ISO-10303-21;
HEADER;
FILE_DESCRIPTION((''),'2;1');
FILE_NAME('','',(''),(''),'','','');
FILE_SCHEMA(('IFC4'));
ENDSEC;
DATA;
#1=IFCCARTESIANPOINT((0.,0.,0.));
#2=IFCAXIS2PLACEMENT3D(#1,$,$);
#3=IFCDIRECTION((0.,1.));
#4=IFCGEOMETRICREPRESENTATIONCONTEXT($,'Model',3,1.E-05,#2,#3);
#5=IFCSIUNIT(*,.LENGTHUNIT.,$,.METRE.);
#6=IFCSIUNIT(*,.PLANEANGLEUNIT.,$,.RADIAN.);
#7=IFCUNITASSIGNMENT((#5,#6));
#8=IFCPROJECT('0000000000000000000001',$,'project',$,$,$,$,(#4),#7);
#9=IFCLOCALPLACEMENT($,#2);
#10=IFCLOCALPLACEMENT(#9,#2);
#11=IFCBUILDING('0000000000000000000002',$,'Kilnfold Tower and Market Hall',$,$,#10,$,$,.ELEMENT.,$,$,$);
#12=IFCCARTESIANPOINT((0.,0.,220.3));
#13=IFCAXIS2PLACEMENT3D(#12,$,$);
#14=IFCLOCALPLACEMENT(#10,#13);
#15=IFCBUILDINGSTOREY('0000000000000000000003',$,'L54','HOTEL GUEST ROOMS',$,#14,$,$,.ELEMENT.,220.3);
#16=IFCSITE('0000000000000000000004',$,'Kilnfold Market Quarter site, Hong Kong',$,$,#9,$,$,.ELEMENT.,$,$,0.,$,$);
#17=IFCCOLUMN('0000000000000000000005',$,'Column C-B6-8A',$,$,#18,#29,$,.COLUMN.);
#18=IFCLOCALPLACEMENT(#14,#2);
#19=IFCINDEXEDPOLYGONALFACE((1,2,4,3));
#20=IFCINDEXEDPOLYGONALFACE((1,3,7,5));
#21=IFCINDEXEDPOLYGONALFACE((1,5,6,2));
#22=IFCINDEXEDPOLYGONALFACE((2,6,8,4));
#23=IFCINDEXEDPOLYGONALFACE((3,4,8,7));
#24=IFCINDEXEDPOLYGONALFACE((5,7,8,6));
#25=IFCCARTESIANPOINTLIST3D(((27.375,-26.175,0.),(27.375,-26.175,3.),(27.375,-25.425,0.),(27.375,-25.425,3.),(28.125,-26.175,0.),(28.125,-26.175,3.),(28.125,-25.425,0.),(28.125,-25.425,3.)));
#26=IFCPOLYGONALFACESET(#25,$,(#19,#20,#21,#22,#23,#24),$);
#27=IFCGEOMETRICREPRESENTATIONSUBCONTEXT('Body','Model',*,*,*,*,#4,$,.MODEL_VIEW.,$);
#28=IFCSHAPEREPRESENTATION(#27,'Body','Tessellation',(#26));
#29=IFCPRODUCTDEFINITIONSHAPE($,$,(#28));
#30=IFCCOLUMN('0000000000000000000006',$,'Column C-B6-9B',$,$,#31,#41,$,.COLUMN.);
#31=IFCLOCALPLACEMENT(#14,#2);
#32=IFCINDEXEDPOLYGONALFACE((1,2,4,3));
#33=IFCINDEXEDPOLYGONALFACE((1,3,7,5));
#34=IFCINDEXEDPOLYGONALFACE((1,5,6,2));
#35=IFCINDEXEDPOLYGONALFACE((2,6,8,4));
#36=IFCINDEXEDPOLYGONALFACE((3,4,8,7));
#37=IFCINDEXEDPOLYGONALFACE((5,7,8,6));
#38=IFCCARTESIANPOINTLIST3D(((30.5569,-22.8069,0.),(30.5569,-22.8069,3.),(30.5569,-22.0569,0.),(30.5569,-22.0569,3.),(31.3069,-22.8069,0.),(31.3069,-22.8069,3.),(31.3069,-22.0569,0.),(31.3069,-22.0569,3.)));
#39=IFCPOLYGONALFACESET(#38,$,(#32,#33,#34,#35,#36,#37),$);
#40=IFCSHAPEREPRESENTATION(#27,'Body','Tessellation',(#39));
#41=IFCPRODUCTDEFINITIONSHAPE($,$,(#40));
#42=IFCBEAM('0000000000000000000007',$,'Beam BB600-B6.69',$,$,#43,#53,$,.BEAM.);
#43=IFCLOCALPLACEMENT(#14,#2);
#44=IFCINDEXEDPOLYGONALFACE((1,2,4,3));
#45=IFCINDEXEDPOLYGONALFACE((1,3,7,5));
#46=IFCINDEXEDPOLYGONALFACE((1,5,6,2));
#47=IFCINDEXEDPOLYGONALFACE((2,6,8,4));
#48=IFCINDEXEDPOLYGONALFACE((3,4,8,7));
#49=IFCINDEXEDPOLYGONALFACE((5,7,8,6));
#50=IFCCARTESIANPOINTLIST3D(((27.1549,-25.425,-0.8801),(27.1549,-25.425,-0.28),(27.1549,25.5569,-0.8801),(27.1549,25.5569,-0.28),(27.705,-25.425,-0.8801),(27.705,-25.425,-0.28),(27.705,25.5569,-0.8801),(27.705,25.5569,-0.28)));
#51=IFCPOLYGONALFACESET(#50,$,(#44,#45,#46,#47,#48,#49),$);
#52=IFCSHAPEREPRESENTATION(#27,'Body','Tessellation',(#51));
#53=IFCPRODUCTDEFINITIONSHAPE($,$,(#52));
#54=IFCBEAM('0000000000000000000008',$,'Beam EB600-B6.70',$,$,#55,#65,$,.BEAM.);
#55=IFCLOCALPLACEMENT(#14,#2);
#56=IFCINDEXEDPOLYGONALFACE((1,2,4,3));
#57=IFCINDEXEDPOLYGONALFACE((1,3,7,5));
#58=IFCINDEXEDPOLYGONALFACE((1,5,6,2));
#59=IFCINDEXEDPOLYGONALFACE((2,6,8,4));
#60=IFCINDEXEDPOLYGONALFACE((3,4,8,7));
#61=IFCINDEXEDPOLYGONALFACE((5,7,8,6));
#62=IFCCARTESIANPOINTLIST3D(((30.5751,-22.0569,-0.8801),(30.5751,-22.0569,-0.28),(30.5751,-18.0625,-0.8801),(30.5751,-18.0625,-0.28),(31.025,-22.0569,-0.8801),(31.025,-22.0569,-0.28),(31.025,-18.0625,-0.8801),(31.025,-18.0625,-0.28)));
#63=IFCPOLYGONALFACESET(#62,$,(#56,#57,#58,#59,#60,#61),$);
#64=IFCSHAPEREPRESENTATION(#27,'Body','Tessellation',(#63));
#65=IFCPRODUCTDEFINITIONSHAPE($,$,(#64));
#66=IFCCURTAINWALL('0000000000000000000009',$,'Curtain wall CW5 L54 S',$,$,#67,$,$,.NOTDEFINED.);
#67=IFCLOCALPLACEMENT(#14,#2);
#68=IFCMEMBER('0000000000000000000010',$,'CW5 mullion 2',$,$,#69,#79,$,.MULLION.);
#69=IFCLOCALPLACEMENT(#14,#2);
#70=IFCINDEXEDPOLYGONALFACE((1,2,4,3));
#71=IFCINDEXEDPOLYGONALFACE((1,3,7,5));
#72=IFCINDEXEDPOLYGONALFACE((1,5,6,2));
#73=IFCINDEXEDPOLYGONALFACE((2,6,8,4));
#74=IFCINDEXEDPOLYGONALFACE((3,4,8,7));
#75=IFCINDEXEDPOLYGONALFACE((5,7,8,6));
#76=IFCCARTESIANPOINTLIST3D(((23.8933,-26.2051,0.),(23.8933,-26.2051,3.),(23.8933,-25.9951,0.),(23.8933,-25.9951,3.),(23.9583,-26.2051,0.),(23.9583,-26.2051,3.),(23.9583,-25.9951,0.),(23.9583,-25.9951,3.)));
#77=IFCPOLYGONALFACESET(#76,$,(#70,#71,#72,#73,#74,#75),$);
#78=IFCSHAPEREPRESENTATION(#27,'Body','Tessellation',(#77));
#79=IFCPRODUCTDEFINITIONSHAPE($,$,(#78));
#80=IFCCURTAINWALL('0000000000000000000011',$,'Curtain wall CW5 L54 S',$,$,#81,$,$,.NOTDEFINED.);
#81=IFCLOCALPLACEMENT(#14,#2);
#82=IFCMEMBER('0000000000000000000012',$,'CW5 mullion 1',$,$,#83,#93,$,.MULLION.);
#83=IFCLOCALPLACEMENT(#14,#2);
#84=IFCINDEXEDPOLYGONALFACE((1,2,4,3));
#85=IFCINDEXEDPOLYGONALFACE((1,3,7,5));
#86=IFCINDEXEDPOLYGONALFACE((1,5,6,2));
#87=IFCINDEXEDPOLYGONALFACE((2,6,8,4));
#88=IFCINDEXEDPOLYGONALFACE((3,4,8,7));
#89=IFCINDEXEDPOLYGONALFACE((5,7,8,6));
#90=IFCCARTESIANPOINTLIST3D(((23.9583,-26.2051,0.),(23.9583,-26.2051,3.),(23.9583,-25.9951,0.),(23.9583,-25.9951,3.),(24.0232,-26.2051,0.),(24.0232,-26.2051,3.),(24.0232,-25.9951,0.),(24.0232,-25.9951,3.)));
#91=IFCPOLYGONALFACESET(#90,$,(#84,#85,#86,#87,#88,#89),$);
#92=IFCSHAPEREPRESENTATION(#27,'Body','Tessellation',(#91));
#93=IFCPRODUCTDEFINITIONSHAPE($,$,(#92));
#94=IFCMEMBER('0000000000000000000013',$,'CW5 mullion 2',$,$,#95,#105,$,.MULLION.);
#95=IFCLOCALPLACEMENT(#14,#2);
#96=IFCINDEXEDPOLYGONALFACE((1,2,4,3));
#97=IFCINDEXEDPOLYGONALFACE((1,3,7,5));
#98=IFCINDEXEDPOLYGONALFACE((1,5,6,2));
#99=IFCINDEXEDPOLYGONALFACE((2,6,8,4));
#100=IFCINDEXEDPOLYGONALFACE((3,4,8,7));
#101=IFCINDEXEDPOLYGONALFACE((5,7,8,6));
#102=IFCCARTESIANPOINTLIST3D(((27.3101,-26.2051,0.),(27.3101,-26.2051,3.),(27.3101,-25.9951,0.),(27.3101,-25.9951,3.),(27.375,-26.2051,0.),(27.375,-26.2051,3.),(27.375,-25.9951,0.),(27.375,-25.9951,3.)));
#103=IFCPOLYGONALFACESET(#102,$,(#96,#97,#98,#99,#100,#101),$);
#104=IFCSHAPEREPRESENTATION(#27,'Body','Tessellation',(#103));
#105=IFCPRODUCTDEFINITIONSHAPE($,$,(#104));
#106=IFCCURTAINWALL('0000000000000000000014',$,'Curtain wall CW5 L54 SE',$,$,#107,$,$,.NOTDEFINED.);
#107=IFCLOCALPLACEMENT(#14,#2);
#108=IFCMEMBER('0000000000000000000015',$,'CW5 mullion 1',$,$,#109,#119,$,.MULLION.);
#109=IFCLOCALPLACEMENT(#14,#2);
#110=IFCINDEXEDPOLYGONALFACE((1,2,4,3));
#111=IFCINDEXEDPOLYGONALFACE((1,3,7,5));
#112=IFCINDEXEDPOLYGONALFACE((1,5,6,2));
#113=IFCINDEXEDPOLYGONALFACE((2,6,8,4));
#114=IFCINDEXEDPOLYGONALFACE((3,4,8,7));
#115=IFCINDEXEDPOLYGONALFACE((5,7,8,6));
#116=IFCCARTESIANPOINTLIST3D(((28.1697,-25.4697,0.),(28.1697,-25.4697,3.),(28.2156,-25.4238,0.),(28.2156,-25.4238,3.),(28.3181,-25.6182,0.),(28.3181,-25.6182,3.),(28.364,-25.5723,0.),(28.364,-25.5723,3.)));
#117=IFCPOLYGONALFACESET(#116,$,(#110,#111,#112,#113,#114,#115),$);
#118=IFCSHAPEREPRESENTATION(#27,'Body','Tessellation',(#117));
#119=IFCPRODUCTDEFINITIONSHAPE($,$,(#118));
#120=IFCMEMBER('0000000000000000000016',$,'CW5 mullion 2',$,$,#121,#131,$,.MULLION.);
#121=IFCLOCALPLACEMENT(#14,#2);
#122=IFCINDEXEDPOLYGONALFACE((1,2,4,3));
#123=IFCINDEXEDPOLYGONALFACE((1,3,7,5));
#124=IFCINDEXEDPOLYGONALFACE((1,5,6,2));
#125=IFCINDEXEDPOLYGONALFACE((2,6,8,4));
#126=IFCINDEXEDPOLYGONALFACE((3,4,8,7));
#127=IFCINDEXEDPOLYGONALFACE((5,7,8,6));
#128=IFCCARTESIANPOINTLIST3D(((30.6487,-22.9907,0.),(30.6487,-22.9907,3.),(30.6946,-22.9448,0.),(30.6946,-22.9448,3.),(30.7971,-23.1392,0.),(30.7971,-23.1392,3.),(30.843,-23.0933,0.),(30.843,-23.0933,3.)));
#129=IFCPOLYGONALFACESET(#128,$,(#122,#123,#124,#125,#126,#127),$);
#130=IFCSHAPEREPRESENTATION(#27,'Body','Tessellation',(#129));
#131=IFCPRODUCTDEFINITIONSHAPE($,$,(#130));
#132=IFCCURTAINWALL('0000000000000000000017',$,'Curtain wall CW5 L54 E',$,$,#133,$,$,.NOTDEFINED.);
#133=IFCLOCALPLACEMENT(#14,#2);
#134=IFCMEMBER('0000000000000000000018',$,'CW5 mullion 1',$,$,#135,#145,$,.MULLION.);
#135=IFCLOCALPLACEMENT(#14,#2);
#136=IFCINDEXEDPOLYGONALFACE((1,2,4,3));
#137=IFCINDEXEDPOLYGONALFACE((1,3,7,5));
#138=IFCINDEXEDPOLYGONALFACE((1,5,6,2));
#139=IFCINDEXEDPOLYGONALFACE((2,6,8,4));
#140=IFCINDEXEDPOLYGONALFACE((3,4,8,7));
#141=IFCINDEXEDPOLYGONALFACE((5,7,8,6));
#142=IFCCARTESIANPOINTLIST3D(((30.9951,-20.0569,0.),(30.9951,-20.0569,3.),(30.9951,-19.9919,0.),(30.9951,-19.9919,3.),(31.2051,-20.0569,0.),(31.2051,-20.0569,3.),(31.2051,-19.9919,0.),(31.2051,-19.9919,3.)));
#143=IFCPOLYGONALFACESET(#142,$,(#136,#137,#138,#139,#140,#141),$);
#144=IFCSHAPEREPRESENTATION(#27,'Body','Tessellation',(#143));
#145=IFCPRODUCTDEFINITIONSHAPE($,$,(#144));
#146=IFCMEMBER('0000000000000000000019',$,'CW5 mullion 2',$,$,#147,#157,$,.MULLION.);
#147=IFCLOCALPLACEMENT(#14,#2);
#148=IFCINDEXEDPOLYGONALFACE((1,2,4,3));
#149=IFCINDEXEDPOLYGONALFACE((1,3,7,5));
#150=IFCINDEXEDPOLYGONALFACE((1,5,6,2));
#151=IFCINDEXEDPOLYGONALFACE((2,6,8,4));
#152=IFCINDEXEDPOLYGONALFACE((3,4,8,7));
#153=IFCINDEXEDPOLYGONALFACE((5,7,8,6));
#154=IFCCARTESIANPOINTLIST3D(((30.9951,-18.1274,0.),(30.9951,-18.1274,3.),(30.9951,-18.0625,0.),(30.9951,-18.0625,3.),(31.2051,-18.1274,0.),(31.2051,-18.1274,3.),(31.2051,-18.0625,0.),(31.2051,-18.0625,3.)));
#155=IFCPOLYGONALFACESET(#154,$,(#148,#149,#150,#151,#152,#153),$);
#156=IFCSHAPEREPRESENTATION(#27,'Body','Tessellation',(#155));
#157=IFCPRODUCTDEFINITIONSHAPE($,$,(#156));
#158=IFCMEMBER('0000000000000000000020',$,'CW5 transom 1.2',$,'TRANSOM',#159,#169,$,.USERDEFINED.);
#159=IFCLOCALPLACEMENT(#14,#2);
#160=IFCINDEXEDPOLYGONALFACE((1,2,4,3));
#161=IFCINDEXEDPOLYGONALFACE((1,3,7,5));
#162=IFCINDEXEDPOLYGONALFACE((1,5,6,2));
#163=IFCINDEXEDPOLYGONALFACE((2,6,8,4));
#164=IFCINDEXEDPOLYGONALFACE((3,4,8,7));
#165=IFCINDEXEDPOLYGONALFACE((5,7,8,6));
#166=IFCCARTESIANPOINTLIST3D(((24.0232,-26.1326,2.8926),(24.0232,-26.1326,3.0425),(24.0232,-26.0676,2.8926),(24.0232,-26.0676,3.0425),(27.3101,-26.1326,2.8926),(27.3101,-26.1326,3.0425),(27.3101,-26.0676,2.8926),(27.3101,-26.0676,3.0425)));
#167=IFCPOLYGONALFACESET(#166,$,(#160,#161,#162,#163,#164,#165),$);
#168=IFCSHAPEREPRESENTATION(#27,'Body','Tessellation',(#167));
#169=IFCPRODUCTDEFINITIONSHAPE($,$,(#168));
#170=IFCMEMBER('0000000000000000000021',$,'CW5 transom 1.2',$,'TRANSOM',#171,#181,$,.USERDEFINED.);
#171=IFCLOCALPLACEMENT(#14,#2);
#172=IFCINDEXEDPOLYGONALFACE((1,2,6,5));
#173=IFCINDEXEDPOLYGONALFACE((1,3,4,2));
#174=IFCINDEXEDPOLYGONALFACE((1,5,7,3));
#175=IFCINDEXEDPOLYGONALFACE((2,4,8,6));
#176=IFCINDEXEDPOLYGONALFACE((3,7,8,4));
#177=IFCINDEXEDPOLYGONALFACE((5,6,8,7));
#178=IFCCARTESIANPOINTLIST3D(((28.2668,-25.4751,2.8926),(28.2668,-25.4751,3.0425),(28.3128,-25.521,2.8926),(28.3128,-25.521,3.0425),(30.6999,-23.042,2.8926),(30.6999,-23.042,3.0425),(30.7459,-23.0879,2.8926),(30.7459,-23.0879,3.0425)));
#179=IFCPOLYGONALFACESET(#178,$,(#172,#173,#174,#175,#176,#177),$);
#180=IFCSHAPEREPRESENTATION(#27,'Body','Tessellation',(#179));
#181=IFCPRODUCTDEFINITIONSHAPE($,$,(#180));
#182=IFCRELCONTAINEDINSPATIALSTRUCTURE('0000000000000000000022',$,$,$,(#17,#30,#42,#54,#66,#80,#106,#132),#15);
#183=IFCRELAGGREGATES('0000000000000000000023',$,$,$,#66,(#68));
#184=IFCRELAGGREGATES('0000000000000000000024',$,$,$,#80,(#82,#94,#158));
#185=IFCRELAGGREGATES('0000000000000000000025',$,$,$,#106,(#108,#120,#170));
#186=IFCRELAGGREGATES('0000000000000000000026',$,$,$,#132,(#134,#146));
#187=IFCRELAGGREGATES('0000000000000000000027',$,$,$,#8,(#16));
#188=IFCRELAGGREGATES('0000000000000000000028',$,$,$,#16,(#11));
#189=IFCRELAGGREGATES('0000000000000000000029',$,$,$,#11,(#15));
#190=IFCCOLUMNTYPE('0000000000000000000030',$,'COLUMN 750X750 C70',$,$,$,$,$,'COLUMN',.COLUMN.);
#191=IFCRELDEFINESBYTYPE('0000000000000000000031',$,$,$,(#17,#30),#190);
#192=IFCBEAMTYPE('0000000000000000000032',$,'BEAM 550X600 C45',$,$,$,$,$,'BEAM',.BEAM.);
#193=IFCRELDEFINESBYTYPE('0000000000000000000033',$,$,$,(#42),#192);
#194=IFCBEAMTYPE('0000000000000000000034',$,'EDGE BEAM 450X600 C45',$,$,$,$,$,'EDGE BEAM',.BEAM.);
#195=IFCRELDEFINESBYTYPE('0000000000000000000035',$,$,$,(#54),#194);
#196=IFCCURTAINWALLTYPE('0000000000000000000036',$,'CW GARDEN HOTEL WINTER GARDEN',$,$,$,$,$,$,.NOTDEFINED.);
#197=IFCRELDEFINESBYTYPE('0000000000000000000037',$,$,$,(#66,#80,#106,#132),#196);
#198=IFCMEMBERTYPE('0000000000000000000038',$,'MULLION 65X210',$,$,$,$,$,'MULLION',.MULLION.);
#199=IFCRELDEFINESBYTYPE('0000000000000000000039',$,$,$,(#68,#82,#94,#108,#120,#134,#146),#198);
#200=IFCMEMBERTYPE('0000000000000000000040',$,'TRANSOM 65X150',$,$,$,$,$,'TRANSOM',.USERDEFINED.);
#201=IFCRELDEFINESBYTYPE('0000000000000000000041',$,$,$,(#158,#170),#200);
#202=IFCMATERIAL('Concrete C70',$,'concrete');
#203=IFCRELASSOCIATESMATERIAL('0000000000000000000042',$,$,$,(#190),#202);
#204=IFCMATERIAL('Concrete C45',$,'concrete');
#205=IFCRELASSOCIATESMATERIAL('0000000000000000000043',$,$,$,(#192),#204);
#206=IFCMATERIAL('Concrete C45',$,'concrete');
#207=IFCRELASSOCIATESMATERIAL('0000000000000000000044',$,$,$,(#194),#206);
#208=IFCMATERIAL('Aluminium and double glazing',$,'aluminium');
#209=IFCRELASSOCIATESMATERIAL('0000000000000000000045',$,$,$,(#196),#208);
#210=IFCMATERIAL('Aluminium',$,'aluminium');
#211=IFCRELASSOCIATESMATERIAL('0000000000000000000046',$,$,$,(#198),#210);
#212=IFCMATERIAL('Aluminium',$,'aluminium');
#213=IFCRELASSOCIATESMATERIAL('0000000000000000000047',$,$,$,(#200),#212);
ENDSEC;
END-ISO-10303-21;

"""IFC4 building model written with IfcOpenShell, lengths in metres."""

from ifc_helpers import new_model, si_unit, direction, frame, origin, origin_2d, place, context, subcontext, project, spatial, rectangle, extrude, source, transform, mapped, material, material_profile, profile_set, type_object, element, aggregate, save


model = new_model("IFC4")

# Units and contexts
model_context = context("Model", 3, precision=1e-05, world=origin(), true_north=direction((0.0, 1.0)))
body_context = subcontext(model_context, "Body", "Model", "MODEL_VIEW")
ifc_project = project(units=[si_unit("LENGTHUNIT", "METRE"), si_unit("PLANEANGLEUNIT", "RADIAN")], contexts=[model_context])

# Site, building, storey
site_placement = place(None, origin())
site = spatial("IfcSite", under=ifc_project, at=site_placement, Name="Kilnfold Market Quarter site, Hong Kong", CompositionType="ELEMENT", RefElevation=0.0)
building_placement = place(site_placement, origin())
building = spatial("IfcBuilding", under=site, at=building_placement, Name="Kilnfold Tower and Market Hall", CompositionType="ELEMENT")
storey_placement = place(building_placement, frame((0.0, 0.0, 220.3)))
storey = spatial("IfcBuildingStorey", under=building, at=storey_placement, Name="L54", Description="HOTEL GUEST ROOMS", CompositionType="ELEMENT", Elevation=220.3)

# Columns
ifc_material_1 = material(Name="Concrete C70", Category="concrete")
ifc_material_profile_1 = material_profile(ifc_material_1, rectangle(XDim=0.75, YDim=0.75, at=origin_2d()), Name="RC 750x750")
ifc_profile_set_1 = profile_set([ifc_material_profile_1], Name="Concrete C70")
column_type = type_object("IfcColumnType", Name="COLUMN 750X750 C70", ElementType="COLUMN", PredefinedType="COLUMN", material=ifc_profile_set_1)
shared_shape_1 = source(origin(), body_context, "Body", "SweptSolid", [
    extrude(rectangle(XDim=0.75, YDim=0.75, at=origin_2d()), origin(), (0.0, 0.0, 1.0), 3.0),
])
for number, where, z_axis, x_axis, name in (
    (1, (27.75, -25.8, 0.0), (0.0, 0.0, 1.0), (1.0, 0.0, 0.0), "Column C-B6-8A"),
    (2, (30.9319, -22.4319, 0.0), (0.0, 0.0, 1.0), (1.0, 0.0, 0.0), "Column C-B6-9B"),
):
    element("IfcColumn", number, at=place(storey_placement, frame(where, z_axis=z_axis, x_axis=x_axis)), inside=storey, type_object=column_type, Name=name, PredefinedType="COLUMN", context=body_context, shape_type="MappedRepresentation", body=[
        mapped(shared_shape_1, transform((0.0, 0.0, 0.0))),
    ])

# Beams
ifc_material_2 = material(Name="Concrete C45", Category="concrete")
ifc_material_profile_2 = material_profile(ifc_material_2, rectangle(XDim=0.55, YDim=0.6001, at=origin_2d()), Name="RC 550x600")
ifc_profile_set_2 = profile_set([ifc_material_profile_2], Name="Concrete C45")
beam_type_1 = type_object("IfcBeamType", Name="BEAM 550X600 C45", ElementType="BEAM", PredefinedType="BEAM", material=ifc_profile_set_2)
shared_shape_2 = source(origin(), body_context, "Body", "SweptSolid", [
    extrude(rectangle(XDim=0.55, YDim=0.6001, at=origin_2d()), origin(), (0.0, 0.0, 1.0), 50.9819),
])
beam_1_placement = place(storey_placement, frame((27.4299, -25.425, -0.5801), z_axis=(0.0, 1.0, 0.0), x_axis=(-1.0, 0.0, 0.0)))
element("IfcBeam", 3, at=beam_1_placement, inside=storey, type_object=beam_type_1, Name="Beam BB600-B6.69", PredefinedType="BEAM", context=body_context, shape_type="MappedRepresentation", body=[
    mapped(shared_shape_2, transform((0.0, 0.0, 0.0))),
])
ifc_material_3 = material(Name="Concrete C45", Category="concrete")
ifc_material_profile_3 = material_profile(ifc_material_3, rectangle(XDim=0.45, YDim=0.6001, at=origin_2d()), Name="RC 450x600")
ifc_profile_set_3 = profile_set([ifc_material_profile_3], Name="Concrete C45")
beam_type_2 = type_object("IfcBeamType", Name="EDGE BEAM 450X600 C45", ElementType="EDGE BEAM", PredefinedType="BEAM", material=ifc_profile_set_3)
shared_shape_3 = source(origin(), body_context, "Body", "SweptSolid", [
    extrude(rectangle(XDim=0.45, YDim=0.6001, at=origin_2d()), origin(), (0.0, 0.0, 1.0), 3.9944),
])
beam_2_placement = place(storey_placement, frame((30.8, -22.0569, -0.5801), z_axis=(0.0, 1.0, 0.0), x_axis=(-1.0, 0.0, 0.0)))
element("IfcBeam", 4, at=beam_2_placement, inside=storey, type_object=beam_type_2, Name="Beam EB600-B6.70", PredefinedType="BEAM", context=body_context, shape_type="MappedRepresentation", body=[
    mapped(shared_shape_3, transform((0.0, 0.0, 0.0))),
])

# Curtain wall, member
ifc_material_4 = material(Name="Aluminium and double glazing", Category="aluminium")
curtain_wall_type = type_object("IfcCurtainWallType", Name="CW GARDEN HOTEL WINTER GARDEN", PredefinedType="NOTDEFINED", material=ifc_material_4)
curtain_wall_1_placement = place(storey_placement, origin())
curtain_wall_1 = element("IfcCurtainWall", 5, at=curtain_wall_1_placement, inside=storey, type_object=curtain_wall_type, Name="Curtain wall CW5 L54 S", PredefinedType="NOTDEFINED")
ifc_material_5 = material(Name="Aluminium", Category="aluminium")
ifc_material_profile_4 = material_profile(ifc_material_5, rectangle(XDim=0.0649, YDim=0.21, at=origin_2d()), Name="MULLION 65x210")
ifc_profile_set_4 = profile_set([ifc_material_profile_4], Name="Aluminium")
member_type_1 = type_object("IfcMemberType", Name="MULLION 65X210", ElementType="MULLION", PredefinedType="MULLION", material=ifc_profile_set_4)
shared_shape_4 = source(origin(), body_context, "Body", "SweptSolid", [
    extrude(rectangle(XDim=0.0649, YDim=0.21, at=origin_2d()), origin(), (0.0, 0.0, 1.0), 3.0),
])
member_1_placement = place(storey_placement, frame((23.9258, -26.1001, 0.0), z_axis=(0.0, 0.0, 1.0), x_axis=(1.0, 0.0, 0.0)))
member_1 = element("IfcMember", 6, at=member_1_placement, type_object=member_type_1, Name="CW5 mullion 2", PredefinedType="MULLION", context=body_context, shape_type="MappedRepresentation", body=[
    mapped(shared_shape_4, transform((0.0, 0.0, 0.0))),
])

# Curtain walls, members
curtain_wall_2_placement = place(storey_placement, origin())
curtain_wall_2 = element("IfcCurtainWall", 7, at=curtain_wall_2_placement, inside=storey, type_object=curtain_wall_type, Name="Curtain wall CW5 L54 S", PredefinedType="NOTDEFINED")
member_2_placement = place(storey_placement, frame((23.9907, -26.1001, 0.0), z_axis=(0.0, 0.0, 1.0), x_axis=(1.0, 0.0, 0.0)))
member_2 = element("IfcMember", 8, at=member_2_placement, type_object=member_type_1, Name="CW5 mullion 1", PredefinedType="MULLION", context=body_context, shape_type="MappedRepresentation", body=[
    mapped(shared_shape_4, transform((0.0, 0.0, 0.0))),
])
member_3_placement = place(storey_placement, frame((27.3425, -26.1001, 0.0), z_axis=(0.0, 0.0, 1.0), x_axis=(1.0, 0.0, 0.0)))
member_3 = element("IfcMember", 9, at=member_3_placement, type_object=member_type_1, Name="CW5 mullion 2", PredefinedType="MULLION", context=body_context, shape_type="MappedRepresentation", body=[
    mapped(shared_shape_4, transform((0.0, 0.0, 0.0))),
])
curtain_wall_3_placement = place(storey_placement, origin())
curtain_wall_3 = element("IfcCurtainWall", 10, at=curtain_wall_3_placement, inside=storey, type_object=curtain_wall_type, Name="Curtain wall CW5 L54 SE", PredefinedType="NOTDEFINED")
member_4_placement = place(storey_placement, frame((28.2668, -25.521, 0.0), z_axis=(0.0, 0.0, 1.0), x_axis=(0.707093, 0.707121, 0.0)))
member_4 = element("IfcMember", 11, at=member_4_placement, type_object=member_type_1, Name="CW5 mullion 1", PredefinedType="MULLION", context=body_context, shape_type="MappedRepresentation", body=[
    mapped(shared_shape_4, transform((0.0, 0.0, 0.0))),
])
member_5_placement = place(storey_placement, frame((30.7458, -23.042, 0.0), z_axis=(0.0, 0.0, 1.0), x_axis=(0.707093, 0.707121, 0.0)))
member_5 = element("IfcMember", 12, at=member_5_placement, type_object=member_type_1, Name="CW5 mullion 2", PredefinedType="MULLION", context=body_context, shape_type="MappedRepresentation", body=[
    mapped(shared_shape_4, transform((0.0, 0.0, 0.0))),
])
curtain_wall_4_placement = place(storey_placement, origin())
curtain_wall_4 = element("IfcCurtainWall", 13, at=curtain_wall_4_placement, inside=storey, type_object=curtain_wall_type, Name="Curtain wall CW5 L54 E", PredefinedType="NOTDEFINED")
member_6_placement = place(storey_placement, frame((31.1001, -20.0244, 0.0), z_axis=(0.0, 0.0, 1.0), x_axis=(0.0, 1.0, 0.0)))
member_6 = element("IfcMember", 14, at=member_6_placement, type_object=member_type_1, Name="CW5 mullion 1", PredefinedType="MULLION", context=body_context, shape_type="MappedRepresentation", body=[
    mapped(shared_shape_4, transform((0.0, 0.0, 0.0))),
])
member_7_placement = place(storey_placement, frame((31.1001, -18.095, 0.0), z_axis=(0.0, 0.0, 1.0), x_axis=(0.0, 1.0, 0.0)))
member_7 = element("IfcMember", 15, at=member_7_placement, type_object=member_type_1, Name="CW5 mullion 2", PredefinedType="MULLION", context=body_context, shape_type="MappedRepresentation", body=[
    mapped(shared_shape_4, transform((0.0, 0.0, 0.0))),
])

# Members
ifc_material_6 = material(Name="Aluminium", Category="aluminium")
ifc_material_profile_5 = material_profile(ifc_material_6, rectangle(XDim=0.0649, YDim=0.1499, at=origin_2d()), Name="TRANSOM 65x150")
ifc_profile_set_5 = profile_set([ifc_material_profile_5], Name="Aluminium")
member_type_2 = type_object("IfcMemberType", Name="TRANSOM 65X150", ElementType="TRANSOM", PredefinedType="USERDEFINED", material=ifc_profile_set_5)
shared_shape_5 = source(origin(), body_context, "Body", "SweptSolid", [
    extrude(rectangle(XDim=0.0649, YDim=0.1499, at=origin_2d()), origin(), (0.0, 0.0, 1.0), 3.2869),
])
member_8_placement = place(storey_placement, frame((24.0232, -26.1001, 2.9675), z_axis=(1.0, 0.0, 0.0), x_axis=(0.0, 1.0, 0.0)))
member_8 = element("IfcMember", 16, at=member_8_placement, type_object=member_type_2, Name="CW5 transom 1.2", ObjectType="TRANSOM", PredefinedType="USERDEFINED", context=body_context, shape_type="MappedRepresentation", body=[
    mapped(shared_shape_5, transform((0.0, 0.0, 0.0))),
])
shared_shape_6 = source(origin(), body_context, "Body", "SweptSolid", [
    extrude(rectangle(XDim=0.0649, YDim=0.1499, at=origin_2d()), origin(), (0.0, 0.0, 1.0), 3.4409),
])
member_9_placement = place(storey_placement, frame((28.2898, -25.498, 2.9675), z_axis=(0.707107, 0.707107, 0.0), x_axis=(-0.707107, 0.707107, 0.0)))
member_9 = element("IfcMember", 17, at=member_9_placement, type_object=member_type_2, Name="CW5 transom 1.2", ObjectType="TRANSOM", PredefinedType="USERDEFINED", context=body_context, shape_type="MappedRepresentation", body=[
    mapped(shared_shape_6, transform((0.0, 0.0, 0.0))),
])

aggregate(curtain_wall_1, [member_1])
aggregate(curtain_wall_2, [member_2, member_3, member_8])
aggregate(curtain_wall_3, [member_4, member_5, member_9])
aggregate(curtain_wall_4, [member_6, member_7])

save(model, "model.ifc")
